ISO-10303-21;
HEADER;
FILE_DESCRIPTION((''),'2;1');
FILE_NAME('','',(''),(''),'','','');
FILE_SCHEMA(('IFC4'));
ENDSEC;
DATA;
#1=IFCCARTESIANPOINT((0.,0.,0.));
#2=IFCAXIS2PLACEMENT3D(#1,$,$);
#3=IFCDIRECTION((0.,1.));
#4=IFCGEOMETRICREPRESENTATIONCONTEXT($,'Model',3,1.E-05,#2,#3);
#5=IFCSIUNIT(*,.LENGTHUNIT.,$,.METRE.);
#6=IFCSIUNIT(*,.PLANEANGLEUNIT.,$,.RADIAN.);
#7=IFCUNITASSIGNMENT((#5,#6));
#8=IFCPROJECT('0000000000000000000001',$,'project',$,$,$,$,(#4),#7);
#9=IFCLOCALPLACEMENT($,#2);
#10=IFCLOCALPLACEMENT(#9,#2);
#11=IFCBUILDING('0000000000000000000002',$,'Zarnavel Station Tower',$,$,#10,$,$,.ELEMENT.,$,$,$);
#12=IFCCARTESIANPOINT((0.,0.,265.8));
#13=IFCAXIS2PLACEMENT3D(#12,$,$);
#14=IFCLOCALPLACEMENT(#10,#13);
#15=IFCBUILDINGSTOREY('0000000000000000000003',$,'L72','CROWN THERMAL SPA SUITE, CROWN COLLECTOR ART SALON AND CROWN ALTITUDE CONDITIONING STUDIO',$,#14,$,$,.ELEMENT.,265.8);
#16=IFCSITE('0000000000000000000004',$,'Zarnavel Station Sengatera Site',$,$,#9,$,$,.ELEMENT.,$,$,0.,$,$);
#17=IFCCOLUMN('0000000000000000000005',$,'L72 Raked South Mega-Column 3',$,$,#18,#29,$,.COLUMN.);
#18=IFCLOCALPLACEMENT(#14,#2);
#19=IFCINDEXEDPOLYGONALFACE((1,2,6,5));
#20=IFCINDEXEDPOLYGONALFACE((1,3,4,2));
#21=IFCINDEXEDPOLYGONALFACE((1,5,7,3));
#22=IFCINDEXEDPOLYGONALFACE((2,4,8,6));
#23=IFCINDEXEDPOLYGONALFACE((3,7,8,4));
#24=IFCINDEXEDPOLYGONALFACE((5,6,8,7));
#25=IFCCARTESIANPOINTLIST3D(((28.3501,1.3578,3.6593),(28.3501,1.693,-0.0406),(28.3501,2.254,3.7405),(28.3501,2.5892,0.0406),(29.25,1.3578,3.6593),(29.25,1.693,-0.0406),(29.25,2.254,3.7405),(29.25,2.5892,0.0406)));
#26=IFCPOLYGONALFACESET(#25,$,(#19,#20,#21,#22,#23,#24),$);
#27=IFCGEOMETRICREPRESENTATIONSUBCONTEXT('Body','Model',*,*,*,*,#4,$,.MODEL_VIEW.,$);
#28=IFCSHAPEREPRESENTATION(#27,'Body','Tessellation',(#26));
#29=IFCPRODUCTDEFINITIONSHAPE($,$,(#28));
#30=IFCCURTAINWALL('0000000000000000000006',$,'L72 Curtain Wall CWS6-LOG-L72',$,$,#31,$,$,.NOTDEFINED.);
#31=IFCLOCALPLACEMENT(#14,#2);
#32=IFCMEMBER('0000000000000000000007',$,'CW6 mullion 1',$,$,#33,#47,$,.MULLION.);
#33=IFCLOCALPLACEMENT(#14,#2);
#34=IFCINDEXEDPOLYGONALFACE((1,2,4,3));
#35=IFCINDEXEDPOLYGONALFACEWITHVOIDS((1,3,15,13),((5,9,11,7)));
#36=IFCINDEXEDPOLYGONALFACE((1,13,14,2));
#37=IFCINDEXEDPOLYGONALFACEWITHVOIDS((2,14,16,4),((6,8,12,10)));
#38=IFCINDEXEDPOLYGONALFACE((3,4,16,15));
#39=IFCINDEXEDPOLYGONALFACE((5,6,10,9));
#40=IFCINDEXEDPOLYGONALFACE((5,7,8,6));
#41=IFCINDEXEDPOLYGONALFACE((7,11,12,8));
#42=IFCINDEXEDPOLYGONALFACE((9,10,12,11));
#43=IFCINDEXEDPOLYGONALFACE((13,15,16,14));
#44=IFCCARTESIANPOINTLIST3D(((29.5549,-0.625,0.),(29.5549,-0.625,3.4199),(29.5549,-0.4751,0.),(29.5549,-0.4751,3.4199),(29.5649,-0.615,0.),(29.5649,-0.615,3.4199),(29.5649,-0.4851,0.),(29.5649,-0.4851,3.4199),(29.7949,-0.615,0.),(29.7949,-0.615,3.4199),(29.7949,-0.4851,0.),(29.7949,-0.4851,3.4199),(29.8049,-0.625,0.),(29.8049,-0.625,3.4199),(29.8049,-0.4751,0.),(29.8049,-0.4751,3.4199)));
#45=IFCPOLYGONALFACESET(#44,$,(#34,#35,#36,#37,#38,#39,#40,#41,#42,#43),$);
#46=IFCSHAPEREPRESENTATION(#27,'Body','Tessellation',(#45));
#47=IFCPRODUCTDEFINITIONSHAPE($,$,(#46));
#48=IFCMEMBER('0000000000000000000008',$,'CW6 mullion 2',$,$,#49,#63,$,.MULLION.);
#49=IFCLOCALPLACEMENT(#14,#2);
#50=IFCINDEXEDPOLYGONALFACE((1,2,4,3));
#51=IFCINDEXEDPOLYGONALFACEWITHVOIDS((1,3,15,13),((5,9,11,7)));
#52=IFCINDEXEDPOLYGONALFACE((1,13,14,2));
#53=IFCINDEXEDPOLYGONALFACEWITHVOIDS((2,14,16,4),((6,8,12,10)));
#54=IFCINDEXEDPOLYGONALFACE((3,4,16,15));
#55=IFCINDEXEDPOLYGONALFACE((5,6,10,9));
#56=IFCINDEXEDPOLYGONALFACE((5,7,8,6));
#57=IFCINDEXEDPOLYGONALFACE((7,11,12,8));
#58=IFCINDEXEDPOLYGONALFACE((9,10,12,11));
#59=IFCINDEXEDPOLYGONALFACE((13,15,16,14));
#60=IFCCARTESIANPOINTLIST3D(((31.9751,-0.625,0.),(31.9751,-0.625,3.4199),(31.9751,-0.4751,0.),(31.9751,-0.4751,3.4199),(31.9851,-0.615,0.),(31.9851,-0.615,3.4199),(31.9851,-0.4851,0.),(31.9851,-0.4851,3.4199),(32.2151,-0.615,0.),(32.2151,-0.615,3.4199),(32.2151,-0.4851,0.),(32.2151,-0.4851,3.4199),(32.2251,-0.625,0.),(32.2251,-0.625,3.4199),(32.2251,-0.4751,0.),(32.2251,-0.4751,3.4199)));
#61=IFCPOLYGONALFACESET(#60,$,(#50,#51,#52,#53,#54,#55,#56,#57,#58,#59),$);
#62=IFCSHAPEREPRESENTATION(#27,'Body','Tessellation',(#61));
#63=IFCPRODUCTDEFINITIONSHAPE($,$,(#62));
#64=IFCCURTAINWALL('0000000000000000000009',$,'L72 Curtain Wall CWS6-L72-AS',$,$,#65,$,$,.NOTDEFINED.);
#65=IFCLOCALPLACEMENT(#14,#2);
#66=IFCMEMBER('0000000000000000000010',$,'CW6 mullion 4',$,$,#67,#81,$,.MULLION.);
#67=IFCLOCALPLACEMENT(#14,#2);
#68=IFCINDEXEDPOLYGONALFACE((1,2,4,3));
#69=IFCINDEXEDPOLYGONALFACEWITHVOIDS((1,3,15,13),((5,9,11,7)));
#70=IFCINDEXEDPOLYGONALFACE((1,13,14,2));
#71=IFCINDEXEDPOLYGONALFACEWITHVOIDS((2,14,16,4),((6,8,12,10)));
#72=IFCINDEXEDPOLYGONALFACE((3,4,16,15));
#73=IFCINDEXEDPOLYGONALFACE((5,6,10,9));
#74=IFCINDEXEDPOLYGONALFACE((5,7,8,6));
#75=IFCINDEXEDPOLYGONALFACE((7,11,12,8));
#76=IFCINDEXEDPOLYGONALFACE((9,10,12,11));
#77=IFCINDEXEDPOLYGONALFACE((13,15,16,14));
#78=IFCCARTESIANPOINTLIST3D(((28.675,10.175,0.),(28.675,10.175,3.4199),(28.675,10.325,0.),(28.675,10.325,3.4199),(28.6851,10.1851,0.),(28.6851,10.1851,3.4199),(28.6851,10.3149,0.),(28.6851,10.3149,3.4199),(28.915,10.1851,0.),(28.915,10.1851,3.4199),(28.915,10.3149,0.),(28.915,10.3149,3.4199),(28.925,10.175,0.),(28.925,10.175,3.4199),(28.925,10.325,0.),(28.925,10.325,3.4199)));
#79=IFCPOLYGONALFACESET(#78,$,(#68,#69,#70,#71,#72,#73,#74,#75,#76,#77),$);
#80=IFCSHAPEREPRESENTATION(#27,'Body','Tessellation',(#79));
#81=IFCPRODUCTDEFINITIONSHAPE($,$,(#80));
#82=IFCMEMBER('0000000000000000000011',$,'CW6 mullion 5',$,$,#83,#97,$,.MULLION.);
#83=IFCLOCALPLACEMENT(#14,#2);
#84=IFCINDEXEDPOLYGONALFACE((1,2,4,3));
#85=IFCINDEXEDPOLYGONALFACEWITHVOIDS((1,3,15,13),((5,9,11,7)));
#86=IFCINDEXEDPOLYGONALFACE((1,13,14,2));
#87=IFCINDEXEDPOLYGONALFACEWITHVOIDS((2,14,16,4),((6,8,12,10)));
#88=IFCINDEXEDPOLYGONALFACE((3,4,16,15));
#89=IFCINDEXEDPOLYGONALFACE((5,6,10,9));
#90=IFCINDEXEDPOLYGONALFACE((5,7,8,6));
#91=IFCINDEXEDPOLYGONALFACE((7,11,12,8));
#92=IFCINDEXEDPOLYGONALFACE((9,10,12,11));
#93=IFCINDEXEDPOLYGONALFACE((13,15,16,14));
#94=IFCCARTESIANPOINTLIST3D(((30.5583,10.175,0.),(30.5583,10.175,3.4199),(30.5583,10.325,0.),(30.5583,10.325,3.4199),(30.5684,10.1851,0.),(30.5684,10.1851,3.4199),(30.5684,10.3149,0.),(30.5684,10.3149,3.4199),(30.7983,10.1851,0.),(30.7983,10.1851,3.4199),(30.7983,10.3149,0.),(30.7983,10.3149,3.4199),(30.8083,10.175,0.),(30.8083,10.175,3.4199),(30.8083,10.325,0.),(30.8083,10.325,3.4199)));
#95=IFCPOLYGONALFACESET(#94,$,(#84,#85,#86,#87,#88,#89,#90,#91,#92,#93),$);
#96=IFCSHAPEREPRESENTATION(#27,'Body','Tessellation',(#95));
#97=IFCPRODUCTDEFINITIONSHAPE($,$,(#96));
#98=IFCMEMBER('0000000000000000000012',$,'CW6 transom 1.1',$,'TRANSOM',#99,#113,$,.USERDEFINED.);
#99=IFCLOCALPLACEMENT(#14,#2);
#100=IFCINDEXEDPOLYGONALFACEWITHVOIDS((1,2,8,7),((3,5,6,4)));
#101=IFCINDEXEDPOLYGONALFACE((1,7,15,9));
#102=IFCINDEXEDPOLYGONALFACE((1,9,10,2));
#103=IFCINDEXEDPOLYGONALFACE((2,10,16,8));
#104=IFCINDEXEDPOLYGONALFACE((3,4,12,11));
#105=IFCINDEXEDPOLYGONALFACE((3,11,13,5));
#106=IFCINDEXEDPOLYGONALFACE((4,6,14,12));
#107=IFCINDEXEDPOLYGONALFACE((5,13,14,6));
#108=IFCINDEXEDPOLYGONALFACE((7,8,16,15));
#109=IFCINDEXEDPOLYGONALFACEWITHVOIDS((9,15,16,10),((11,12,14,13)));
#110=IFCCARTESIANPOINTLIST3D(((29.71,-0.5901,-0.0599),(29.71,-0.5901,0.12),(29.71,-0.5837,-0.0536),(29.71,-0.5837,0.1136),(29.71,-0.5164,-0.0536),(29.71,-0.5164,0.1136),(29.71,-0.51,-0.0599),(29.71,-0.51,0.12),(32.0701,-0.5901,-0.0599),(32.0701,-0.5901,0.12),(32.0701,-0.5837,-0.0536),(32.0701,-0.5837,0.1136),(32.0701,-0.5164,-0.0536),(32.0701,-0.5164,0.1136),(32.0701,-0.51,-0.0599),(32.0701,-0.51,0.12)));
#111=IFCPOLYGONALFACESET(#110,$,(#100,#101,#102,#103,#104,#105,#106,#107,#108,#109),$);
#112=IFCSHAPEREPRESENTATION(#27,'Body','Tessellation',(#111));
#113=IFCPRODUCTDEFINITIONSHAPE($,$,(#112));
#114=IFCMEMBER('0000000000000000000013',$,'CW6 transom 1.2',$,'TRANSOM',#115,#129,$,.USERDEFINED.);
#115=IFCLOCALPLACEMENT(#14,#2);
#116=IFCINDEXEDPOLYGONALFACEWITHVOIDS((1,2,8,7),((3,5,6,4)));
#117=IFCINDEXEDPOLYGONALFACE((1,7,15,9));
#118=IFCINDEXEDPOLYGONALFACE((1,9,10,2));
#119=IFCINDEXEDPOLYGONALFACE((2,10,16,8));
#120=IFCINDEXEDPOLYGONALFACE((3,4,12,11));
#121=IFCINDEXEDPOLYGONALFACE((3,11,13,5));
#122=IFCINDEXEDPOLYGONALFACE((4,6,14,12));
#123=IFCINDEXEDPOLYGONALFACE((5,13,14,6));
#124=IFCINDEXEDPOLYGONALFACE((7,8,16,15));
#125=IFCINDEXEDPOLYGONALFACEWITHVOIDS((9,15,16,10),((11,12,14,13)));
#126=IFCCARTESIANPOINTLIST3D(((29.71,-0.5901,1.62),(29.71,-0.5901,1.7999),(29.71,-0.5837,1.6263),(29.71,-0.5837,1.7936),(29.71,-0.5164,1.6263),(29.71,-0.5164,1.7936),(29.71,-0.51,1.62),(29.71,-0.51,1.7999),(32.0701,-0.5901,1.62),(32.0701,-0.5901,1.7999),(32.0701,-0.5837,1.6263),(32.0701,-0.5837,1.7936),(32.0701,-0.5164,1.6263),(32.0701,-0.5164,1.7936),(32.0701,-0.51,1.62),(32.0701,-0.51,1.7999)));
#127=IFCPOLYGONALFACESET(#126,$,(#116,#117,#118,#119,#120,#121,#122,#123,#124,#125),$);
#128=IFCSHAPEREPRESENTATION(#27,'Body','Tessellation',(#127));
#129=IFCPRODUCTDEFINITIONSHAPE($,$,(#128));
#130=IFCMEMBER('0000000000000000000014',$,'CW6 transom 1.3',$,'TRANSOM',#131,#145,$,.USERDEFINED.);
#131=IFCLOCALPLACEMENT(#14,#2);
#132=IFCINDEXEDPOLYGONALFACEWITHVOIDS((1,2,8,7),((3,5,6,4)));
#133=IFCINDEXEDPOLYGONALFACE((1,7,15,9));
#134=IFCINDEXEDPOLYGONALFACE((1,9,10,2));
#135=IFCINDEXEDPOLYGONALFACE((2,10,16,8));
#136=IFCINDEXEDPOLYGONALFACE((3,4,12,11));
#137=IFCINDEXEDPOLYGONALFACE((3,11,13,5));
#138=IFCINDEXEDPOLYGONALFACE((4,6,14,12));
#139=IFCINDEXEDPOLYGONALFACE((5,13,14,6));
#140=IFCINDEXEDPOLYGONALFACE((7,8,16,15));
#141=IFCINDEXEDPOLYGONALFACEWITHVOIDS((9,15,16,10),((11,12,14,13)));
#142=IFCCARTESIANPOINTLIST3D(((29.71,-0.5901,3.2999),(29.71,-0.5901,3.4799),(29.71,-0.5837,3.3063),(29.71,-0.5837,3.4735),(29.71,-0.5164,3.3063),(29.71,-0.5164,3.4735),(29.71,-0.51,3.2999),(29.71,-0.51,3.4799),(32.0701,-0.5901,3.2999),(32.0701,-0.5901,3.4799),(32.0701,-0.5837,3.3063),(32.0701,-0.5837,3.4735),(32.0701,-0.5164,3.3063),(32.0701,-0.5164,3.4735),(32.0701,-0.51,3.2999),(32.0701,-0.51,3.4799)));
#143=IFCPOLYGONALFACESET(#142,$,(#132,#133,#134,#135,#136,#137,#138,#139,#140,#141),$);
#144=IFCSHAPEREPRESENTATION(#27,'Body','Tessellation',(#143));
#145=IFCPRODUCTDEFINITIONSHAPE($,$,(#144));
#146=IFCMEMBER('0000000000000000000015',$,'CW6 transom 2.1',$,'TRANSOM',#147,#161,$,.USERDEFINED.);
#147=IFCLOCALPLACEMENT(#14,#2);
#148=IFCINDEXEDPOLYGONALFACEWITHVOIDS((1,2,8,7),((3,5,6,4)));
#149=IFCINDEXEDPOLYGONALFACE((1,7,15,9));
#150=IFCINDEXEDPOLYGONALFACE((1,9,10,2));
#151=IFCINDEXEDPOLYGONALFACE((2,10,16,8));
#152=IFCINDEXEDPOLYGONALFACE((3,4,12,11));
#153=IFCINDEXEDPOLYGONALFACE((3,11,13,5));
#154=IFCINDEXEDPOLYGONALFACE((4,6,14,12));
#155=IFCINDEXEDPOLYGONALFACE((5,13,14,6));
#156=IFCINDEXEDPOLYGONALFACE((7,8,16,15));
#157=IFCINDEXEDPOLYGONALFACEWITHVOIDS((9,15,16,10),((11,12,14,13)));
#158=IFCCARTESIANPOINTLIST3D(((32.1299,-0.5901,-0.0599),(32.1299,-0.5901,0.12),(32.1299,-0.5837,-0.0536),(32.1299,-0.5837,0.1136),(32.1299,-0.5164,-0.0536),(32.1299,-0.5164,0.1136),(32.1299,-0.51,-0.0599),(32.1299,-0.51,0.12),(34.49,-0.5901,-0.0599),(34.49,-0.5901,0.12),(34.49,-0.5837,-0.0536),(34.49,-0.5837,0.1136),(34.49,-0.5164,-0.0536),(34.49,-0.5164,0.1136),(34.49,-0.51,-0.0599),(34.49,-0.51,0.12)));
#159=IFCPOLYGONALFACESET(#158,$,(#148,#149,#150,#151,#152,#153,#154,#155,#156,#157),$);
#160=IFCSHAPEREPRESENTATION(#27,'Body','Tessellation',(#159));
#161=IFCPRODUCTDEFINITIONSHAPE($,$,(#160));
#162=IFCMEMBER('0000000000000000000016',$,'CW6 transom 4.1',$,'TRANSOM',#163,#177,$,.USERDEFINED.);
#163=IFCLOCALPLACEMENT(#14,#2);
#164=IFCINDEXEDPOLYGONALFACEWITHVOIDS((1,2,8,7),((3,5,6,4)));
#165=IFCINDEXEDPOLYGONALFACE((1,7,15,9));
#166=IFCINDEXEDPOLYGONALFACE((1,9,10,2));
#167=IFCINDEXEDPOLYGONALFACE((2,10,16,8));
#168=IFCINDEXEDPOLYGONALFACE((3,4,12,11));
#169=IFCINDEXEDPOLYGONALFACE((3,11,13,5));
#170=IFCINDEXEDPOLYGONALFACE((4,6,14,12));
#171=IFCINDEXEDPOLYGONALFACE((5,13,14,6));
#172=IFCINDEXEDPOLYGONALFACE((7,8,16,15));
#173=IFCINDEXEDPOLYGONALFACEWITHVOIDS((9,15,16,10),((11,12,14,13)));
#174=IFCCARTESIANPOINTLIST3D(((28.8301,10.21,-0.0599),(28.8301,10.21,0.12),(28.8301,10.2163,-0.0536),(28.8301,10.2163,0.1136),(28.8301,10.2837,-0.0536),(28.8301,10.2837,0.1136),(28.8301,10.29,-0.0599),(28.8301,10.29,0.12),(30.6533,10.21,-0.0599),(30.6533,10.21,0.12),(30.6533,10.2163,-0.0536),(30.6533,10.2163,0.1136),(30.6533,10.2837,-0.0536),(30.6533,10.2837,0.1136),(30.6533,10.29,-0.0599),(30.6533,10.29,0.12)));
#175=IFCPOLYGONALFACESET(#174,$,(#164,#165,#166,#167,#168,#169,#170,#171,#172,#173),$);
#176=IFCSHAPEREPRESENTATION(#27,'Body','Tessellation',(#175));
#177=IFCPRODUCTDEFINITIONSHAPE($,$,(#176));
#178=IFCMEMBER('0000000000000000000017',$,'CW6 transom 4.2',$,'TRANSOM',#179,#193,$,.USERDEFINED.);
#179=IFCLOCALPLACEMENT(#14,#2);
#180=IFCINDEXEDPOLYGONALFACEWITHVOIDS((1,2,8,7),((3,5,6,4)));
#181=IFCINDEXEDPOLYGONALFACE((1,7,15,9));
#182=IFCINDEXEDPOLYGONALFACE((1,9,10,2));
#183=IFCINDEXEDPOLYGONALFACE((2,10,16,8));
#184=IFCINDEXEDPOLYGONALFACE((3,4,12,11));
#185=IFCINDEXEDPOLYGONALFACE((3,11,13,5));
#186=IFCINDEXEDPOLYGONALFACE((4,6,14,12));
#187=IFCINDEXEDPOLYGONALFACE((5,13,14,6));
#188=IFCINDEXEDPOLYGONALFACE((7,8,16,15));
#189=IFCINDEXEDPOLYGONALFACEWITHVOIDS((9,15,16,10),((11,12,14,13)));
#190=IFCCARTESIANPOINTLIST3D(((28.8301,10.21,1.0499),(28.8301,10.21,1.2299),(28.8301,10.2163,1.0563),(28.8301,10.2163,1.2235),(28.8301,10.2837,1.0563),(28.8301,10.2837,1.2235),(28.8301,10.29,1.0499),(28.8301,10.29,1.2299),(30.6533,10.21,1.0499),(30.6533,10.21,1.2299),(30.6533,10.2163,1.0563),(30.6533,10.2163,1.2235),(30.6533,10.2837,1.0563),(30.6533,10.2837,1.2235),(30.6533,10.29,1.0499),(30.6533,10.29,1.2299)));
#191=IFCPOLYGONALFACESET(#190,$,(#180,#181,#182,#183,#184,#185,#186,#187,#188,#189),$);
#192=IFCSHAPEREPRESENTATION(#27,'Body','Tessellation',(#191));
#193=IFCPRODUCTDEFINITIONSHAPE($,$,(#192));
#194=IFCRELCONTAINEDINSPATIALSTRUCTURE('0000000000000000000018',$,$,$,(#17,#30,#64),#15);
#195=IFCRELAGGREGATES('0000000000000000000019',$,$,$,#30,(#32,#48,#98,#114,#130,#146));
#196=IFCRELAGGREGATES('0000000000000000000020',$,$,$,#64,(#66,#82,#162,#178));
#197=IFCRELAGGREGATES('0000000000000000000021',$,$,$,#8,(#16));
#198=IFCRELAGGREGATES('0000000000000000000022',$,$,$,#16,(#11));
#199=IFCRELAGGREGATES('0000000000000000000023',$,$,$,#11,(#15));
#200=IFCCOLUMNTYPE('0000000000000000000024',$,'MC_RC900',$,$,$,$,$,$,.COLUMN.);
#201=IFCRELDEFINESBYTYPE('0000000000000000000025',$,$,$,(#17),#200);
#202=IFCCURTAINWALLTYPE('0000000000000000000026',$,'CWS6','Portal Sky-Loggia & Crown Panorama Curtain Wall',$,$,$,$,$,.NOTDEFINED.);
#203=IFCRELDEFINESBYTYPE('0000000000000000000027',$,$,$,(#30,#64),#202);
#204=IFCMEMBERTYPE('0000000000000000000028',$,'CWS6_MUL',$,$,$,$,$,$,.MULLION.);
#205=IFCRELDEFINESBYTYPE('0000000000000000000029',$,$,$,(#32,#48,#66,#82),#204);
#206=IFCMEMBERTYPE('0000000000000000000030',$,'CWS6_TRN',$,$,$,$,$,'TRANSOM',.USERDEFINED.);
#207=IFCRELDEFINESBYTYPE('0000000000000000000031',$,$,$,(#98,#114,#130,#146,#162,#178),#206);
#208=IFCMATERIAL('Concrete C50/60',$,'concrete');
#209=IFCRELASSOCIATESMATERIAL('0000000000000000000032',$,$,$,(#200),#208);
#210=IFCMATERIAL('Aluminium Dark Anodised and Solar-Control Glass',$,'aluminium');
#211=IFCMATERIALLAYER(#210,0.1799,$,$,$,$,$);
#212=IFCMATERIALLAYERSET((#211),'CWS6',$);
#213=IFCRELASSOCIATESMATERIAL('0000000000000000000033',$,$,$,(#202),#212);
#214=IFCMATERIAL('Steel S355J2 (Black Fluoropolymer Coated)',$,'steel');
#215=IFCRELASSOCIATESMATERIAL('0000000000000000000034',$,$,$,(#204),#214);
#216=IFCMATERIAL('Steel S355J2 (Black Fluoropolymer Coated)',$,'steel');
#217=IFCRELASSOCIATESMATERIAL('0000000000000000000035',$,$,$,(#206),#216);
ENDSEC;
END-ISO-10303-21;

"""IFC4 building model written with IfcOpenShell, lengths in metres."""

from ifc_helpers import new_model, si_unit, direction, frame, origin, origin_2d, place, context, subcontext, project, spatial, rectangle, hollow_rectangle, extrude, material, layer, layer_set, material_profile, profile_set, type_object, element, aggregate, save


model = new_model("IFC4")

# Units and contexts
model_context = context("Model", 3, precision=1e-05, world=origin(), true_north=direction((0.0, 1.0)))
body_context = subcontext(model_context, "Body", "Model", "MODEL_VIEW")
ifc_project = project(units=[si_unit("LENGTHUNIT", "METRE"), si_unit("PLANEANGLEUNIT", "RADIAN")], contexts=[model_context])

# Site, building, storey
site_placement = place(None, origin())
site = spatial("IfcSite", under=ifc_project, at=site_placement, Name="Zarnavel Station Sengatera Site", CompositionType="ELEMENT", RefElevation=0.0)
building_placement = place(site_placement, origin())
building = spatial("IfcBuilding", under=site, at=building_placement, Name="Zarnavel Station Tower", CompositionType="ELEMENT")
storey_placement = place(building_placement, frame((0.0, 0.0, 265.8)))
storey = spatial("IfcBuildingStorey", under=building, at=storey_placement, Name="L72", Description="CROWN THERMAL SPA SUITE, CROWN COLLECTOR ART SALON AND CROWN ALTITUDE CONDITIONING STUDIO", CompositionType="ELEMENT", Elevation=265.8)

# Column
ifc_material_1 = material(Name="Concrete C50/60", Category="concrete")
ifc_material_profile_1 = material_profile(ifc_material_1, rectangle(XDim=0.8999, YDim=0.8999, at=origin_2d()), Name="RC900x900")
ifc_profile_set_1 = profile_set([ifc_material_profile_1], Name="Concrete C50/60")
column_type = type_object("IfcColumnType", Name="MC_RC900", PredefinedType="COLUMN", material=ifc_profile_set_1)
column_placement = place(storey_placement, frame((28.8, 2.1411, 0.0), z_axis=(0.0, -0.090228, 0.995921), x_axis=(1.0, 0.0, 0.0)))
element("IfcColumn", 1, at=column_placement, inside=storey, type_object=column_type, Name="L72 Raked South Mega-Column 3", PredefinedType="COLUMN", context=body_context, shape_type="SweptSolid", body=[
    extrude(rectangle(XDim=0.8999, YDim=0.8999, at=origin_2d()), origin(), (0.0, 0.0, 1.0), 3.7151),
])

# Curtain walls, members
ifc_material_2 = material(Name="Aluminium Dark Anodised and Solar-Control Glass", Category="aluminium")
ifc_layer_1 = layer(ifc_material_2, 0.1799)
ifc_layer_set_1 = layer_set([ifc_layer_1], Name="CWS6")
curtain_wall_type = type_object("IfcCurtainWallType", Name="CWS6", Description="Portal Sky-Loggia & Crown Panorama Curtain Wall", PredefinedType="NOTDEFINED", material=ifc_layer_set_1)
curtain_wall_1_placement = place(storey_placement, origin())
curtain_wall_1 = element("IfcCurtainWall", 2, at=curtain_wall_1_placement, inside=storey, type_object=curtain_wall_type, Name="L72 Curtain Wall CWS6-LOG-L72", PredefinedType="NOTDEFINED")
ifc_material_3 = material(Name="Steel S355J2 (Black Fluoropolymer Coated)", Category="steel")
ifc_material_profile_2 = material_profile(ifc_material_3, hollow_rectangle(XDim=0.1499, YDim=0.25, WallThickness=0.01, at=origin_2d()), Name="RHS250x150x10")
ifc_profile_set_2 = profile_set([ifc_material_profile_2], Name="Steel S355J2 (Black Fluoropolymer Coated)")
member_type_1 = type_object("IfcMemberType", Name="CWS6_MUL", PredefinedType="MULLION", material=ifc_profile_set_2)
member_1_placement = place(storey_placement, frame((29.6799, -0.55, 0.0), z_axis=(0.0, 0.0, 1.0), x_axis=(0.0, 1.0, 0.0)))
member_1 = element("IfcMember", 3, at=member_1_placement, type_object=member_type_1, Name="CW6 mullion 1", PredefinedType="MULLION", context=body_context, shape_type="SweptSolid", body=[
    extrude(hollow_rectangle(XDim=0.1499, YDim=0.25, WallThickness=0.01, at=origin_2d()), origin(), (0.0, 0.0, 1.0), 3.4199),
])
member_2_placement = place(storey_placement, frame((32.1001, -0.55, 0.0), z_axis=(0.0, 0.0, 1.0), x_axis=(0.0, 1.0, 0.0)))
member_2 = element("IfcMember", 4, at=member_2_placement, type_object=member_type_1, Name="CW6 mullion 2", PredefinedType="MULLION", context=body_context, shape_type="SweptSolid", body=[
    extrude(hollow_rectangle(XDim=0.1499, YDim=0.25, WallThickness=0.01, at=origin_2d()), origin(), (0.0, 0.0, 1.0), 3.4199),
])
curtain_wall_2_placement = place(storey_placement, origin())
curtain_wall_2 = element("IfcCurtainWall", 5, at=curtain_wall_2_placement, inside=storey, type_object=curtain_wall_type, Name="L72 Curtain Wall CWS6-L72-AS", PredefinedType="NOTDEFINED")
member_3_placement = place(storey_placement, frame((28.8, 10.25, 0.0), z_axis=(0.0, 0.0, 1.0), x_axis=(0.0, 1.0, 0.0)))
member_3 = element("IfcMember", 6, at=member_3_placement, type_object=member_type_1, Name="CW6 mullion 4", PredefinedType="MULLION", context=body_context, shape_type="SweptSolid", body=[
    extrude(hollow_rectangle(XDim=0.1499, YDim=0.25, WallThickness=0.01, at=origin_2d()), origin(), (0.0, 0.0, 1.0), 3.4199),
])
member_4_placement = place(storey_placement, frame((30.6833, 10.25, 0.0), z_axis=(0.0, 0.0, 1.0), x_axis=(0.0, 1.0, 0.0)))
member_4 = element("IfcMember", 7, at=member_4_placement, type_object=member_type_1, Name="CW6 mullion 5", PredefinedType="MULLION", context=body_context, shape_type="SweptSolid", body=[
    extrude(hollow_rectangle(XDim=0.1499, YDim=0.25, WallThickness=0.01, at=origin_2d()), origin(), (0.0, 0.0, 1.0), 3.4199),
])

# Members
ifc_material_4 = material(Name="Steel S355J2 (Black Fluoropolymer Coated)", Category="steel")
ifc_material_profile_3 = material_profile(ifc_material_4, hollow_rectangle(XDim=0.0801, YDim=0.1799, WallThickness=0.0063, at=origin_2d()), Name="RHS180x80x6.3")
ifc_profile_set_3 = profile_set([ifc_material_profile_3], Name="Steel S355J2 (Black Fluoropolymer Coated)")
member_type_2 = type_object("IfcMemberType", Name="CWS6_TRN", ElementType="TRANSOM", PredefinedType="USERDEFINED", material=ifc_profile_set_3)
member_5_placement = place(storey_placement, frame((29.71, -0.55, 0.03), z_axis=(1.0, 0.0, 0.0), x_axis=(0.0, 1.0, 0.0)))
member_5 = element("IfcMember", 8, at=member_5_placement, type_object=member_type_2, Name="CW6 transom 1.1", ObjectType="TRANSOM", PredefinedType="USERDEFINED", context=body_context, shape_type="SweptSolid", body=[
    extrude(hollow_rectangle(XDim=0.0801, YDim=0.1799, WallThickness=0.0063, at=origin_2d()), origin(), (0.0, 0.0, 1.0), 2.3601),
])
member_6_placement = place(storey_placement, frame((29.71, -0.55, 1.71), z_axis=(1.0, 0.0, 0.0), x_axis=(0.0, 1.0, 0.0)))
member_6 = element("IfcMember", 9, at=member_6_placement, type_object=member_type_2, Name="CW6 transom 1.2", ObjectType="TRANSOM", PredefinedType="USERDEFINED", context=body_context, shape_type="SweptSolid", body=[
    extrude(hollow_rectangle(XDim=0.0801, YDim=0.1799, WallThickness=0.0063, at=origin_2d()), origin(), (0.0, 0.0, 1.0), 2.3601),
])
member_7_placement = place(storey_placement, frame((29.71, -0.55, 3.3899), z_axis=(1.0, 0.0, 0.0), x_axis=(0.0, 1.0, 0.0)))
member_7 = element("IfcMember", 10, at=member_7_placement, type_object=member_type_2, Name="CW6 transom 1.3", ObjectType="TRANSOM", PredefinedType="USERDEFINED", context=body_context, shape_type="SweptSolid", body=[
    extrude(hollow_rectangle(XDim=0.0801, YDim=0.1799, WallThickness=0.0063, at=origin_2d()), origin(), (0.0, 0.0, 1.0), 2.3601),
])
member_8_placement = place(storey_placement, frame((32.1299, -0.55, 0.03), z_axis=(1.0, 0.0, 0.0), x_axis=(0.0, 1.0, 0.0)))
member_8 = element("IfcMember", 11, at=member_8_placement, type_object=member_type_2, Name="CW6 transom 2.1", ObjectType="TRANSOM", PredefinedType="USERDEFINED", context=body_context, shape_type="SweptSolid", body=[
    extrude(hollow_rectangle(XDim=0.0801, YDim=0.1799, WallThickness=0.0063, at=origin_2d()), origin(), (0.0, 0.0, 1.0), 2.3601),
])
member_9_placement = place(storey_placement, frame((28.8301, 10.25, 0.03), z_axis=(1.0, 0.0, 0.0), x_axis=(0.0, 1.0, 0.0)))
member_9 = element("IfcMember", 12, at=member_9_placement, type_object=member_type_2, Name="CW6 transom 4.1", ObjectType="TRANSOM", PredefinedType="USERDEFINED", context=body_context, shape_type="SweptSolid", body=[
    extrude(hollow_rectangle(XDim=0.0801, YDim=0.1799, WallThickness=0.0063, at=origin_2d()), origin(), (0.0, 0.0, 1.0), 1.8232),
])
member_10_placement = place(storey_placement, frame((28.8301, 10.25, 1.1399), z_axis=(1.0, 0.0, 0.0), x_axis=(0.0, 1.0, 0.0)))
member_10 = element("IfcMember", 13, at=member_10_placement, type_object=member_type_2, Name="CW6 transom 4.2", ObjectType="TRANSOM", PredefinedType="USERDEFINED", context=body_context, shape_type="SweptSolid", body=[
    extrude(hollow_rectangle(XDim=0.0801, YDim=0.1799, WallThickness=0.0063, at=origin_2d()), origin(), (0.0, 0.0, 1.0), 1.8232),
])

aggregate(curtain_wall_1, [member_1, member_2, member_5, member_6, member_7, member_8])
aggregate(curtain_wall_2, [member_3, member_4, member_9, member_10])

save(model, "model.ifc")
